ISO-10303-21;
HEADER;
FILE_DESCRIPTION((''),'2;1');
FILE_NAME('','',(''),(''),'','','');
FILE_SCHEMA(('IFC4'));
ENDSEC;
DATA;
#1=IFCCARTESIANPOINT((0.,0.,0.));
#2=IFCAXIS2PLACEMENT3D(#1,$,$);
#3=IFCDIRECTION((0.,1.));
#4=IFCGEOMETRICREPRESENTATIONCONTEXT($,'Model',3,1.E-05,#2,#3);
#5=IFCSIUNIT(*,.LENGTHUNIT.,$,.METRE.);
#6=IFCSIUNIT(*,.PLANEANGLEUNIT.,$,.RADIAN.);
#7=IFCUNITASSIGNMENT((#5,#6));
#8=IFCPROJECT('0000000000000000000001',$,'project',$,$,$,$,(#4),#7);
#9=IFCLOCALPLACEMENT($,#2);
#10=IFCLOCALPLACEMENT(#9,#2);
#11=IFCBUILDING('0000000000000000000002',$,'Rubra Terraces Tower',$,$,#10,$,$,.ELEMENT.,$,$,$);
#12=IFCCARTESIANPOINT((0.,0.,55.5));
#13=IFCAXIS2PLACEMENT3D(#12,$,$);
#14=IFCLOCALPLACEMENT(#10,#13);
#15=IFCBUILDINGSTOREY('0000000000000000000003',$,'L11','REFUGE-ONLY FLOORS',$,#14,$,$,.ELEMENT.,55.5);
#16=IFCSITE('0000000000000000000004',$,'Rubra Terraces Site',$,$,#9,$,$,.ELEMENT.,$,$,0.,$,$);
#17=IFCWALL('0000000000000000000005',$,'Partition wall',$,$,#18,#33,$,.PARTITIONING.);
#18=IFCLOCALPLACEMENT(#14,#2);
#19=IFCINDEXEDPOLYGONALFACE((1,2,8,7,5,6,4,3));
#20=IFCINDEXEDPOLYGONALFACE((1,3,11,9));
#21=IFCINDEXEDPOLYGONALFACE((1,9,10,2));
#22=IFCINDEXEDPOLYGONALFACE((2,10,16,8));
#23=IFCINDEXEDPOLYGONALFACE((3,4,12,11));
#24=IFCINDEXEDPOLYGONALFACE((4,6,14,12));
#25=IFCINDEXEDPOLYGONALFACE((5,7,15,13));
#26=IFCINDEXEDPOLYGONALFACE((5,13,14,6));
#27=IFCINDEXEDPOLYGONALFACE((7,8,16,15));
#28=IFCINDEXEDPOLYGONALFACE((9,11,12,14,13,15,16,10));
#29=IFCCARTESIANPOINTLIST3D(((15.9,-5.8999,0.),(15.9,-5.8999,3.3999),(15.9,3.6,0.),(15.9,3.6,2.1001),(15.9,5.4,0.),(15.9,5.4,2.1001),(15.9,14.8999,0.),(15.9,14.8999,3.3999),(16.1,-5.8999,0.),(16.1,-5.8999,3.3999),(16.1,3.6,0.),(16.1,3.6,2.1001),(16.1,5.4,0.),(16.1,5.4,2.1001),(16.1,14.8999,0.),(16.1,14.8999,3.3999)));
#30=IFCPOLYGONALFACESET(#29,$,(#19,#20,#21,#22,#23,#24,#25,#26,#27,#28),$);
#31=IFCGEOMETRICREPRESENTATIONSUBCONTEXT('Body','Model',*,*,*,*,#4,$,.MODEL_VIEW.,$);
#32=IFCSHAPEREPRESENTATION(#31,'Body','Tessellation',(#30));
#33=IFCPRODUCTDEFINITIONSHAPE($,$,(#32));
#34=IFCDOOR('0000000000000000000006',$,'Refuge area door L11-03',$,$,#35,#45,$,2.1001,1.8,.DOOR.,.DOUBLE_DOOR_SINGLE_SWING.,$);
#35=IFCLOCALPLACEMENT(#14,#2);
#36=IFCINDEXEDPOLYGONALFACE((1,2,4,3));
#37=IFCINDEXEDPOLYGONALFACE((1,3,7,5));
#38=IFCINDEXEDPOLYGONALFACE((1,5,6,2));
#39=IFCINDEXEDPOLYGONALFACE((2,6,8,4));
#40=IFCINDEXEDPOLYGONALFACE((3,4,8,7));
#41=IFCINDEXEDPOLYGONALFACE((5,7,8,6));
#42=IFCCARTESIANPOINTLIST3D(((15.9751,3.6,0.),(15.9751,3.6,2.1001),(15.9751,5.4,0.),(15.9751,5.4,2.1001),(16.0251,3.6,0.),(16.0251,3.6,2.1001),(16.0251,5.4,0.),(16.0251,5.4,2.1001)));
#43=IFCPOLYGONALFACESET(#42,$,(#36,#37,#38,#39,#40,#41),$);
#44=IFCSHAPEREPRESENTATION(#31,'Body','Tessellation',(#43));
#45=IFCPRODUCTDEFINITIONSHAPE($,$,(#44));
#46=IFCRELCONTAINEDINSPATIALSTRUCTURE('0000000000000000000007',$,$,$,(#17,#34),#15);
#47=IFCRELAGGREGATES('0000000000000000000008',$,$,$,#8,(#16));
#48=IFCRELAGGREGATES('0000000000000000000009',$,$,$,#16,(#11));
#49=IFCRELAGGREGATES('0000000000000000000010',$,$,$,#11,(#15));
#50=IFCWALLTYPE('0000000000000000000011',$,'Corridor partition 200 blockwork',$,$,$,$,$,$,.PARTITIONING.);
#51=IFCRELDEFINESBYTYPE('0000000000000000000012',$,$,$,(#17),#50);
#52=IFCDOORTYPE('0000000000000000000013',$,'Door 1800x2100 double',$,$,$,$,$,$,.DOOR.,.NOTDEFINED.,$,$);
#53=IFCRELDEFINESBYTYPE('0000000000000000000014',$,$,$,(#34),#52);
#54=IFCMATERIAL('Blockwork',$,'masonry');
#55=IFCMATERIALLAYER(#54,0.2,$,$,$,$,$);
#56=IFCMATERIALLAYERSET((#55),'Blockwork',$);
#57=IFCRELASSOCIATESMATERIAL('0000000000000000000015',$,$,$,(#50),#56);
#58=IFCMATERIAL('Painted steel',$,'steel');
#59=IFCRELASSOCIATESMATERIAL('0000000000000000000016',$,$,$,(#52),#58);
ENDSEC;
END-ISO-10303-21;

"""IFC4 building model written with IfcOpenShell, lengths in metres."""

from ifc_helpers import new_model, si_unit, direction, frame, frame_2d, origin, place, context, subcontext, project, spatial, rectangle, extrude, material, layer, layer_set, type_object, element, fill, save


model = new_model("IFC4")

# Units and contexts
model_context = context("Model", 3, precision=1e-05, world=origin(), true_north=direction((0.0, 1.0)))
body_context = subcontext(model_context, "Body", "Model", "MODEL_VIEW")
ifc_project = project(units=[si_unit("LENGTHUNIT", "METRE"), si_unit("PLANEANGLEUNIT", "RADIAN")], contexts=[model_context])

# Site, building, storey
site_placement = place(None, origin())
site = spatial("IfcSite", under=ifc_project, at=site_placement, Name="Rubra Terraces Site", CompositionType="ELEMENT", RefElevation=0.0)
building_placement = place(site_placement, origin())
building = spatial("IfcBuilding", under=site, at=building_placement, Name="Rubra Terraces Tower", CompositionType="ELEMENT")
storey_placement = place(building_placement, frame((0.0, 0.0, 55.5)))
storey = spatial("IfcBuildingStorey", under=building, at=storey_placement, Name="L11", Description="REFUGE-ONLY FLOORS", CompositionType="ELEMENT", Elevation=55.5)

# Shared definitions
ifc_material_1 = material(Name="Painted steel", Category="steel")

# Shared definitions
ifc_material_2 = material(Name="Blockwork", Category="masonry")
ifc_layer_1 = layer(ifc_material_2, 0.2)
ifc_layer_set_1 = layer_set([ifc_layer_1], Name="Blockwork")
wall_type_1 = type_object("IfcWallType", Name="Corridor partition 200 blockwork", PredefinedType="PARTITIONING", material=ifc_layer_set_1)

# Wall, opening, door
wall_1_placement = place(storey_placement, frame((16.0, -5.8999, 0.0), z_axis=(0.0, 0.0, 1.0), x_axis=(0.0, 1.0, 0.0)))
wall_1 = element("IfcWall", 1, at=wall_1_placement, inside=storey, type_object=wall_type_1, Name="Partition wall", PredefinedType="PARTITIONING", context=body_context, shape_type="SweptSolid", body=[
    extrude(rectangle(XDim=20.7998, YDim=0.2, at=frame_2d((10.3999, 0.0))), origin(), (0.0, 0.0, 1.0), 3.3999),
])
opening_1_placement = place(wall_1_placement, frame((9.5, 0.0, 0.0)))
opening_1 = element("IfcOpeningElement", 2, at=opening_1_placement, cuts=wall_1, PredefinedType="OPENING", context=body_context, shape_type="SweptSolid", body=[
    extrude(rectangle(XDim=1.8, YDim=2.1001, at=frame_2d((0.8999, 1.05))), frame((0.0, 0.1099, 0.0), z_axis=(0.0, -1.0, 0.0), x_axis=(1.0, 0.0, 0.0)), (0.0, 0.0, 1.0), 0.22),
])
door_type_1 = type_object("IfcDoorType", Name="Door 1800x2100 double", OperationType="NOTDEFINED", PredefinedType="DOOR", material=ifc_material_1)
door_1_placement = place(opening_1_placement, origin())
door_1 = element("IfcDoor", 3, at=door_1_placement, inside=storey, type_object=door_type_1, Name="Refuge area door L11-03", OperationType="DOUBLE_DOOR_SINGLE_SWING", OverallHeight=2.1001, OverallWidth=1.8, PredefinedType="DOOR", context=body_context, shape_type="SweptSolid", body=[
    extrude(rectangle(XDim=1.8, YDim=2.1001, at=frame_2d((0.8999, 1.05))), frame((0.0, 0.0249, 0.0), z_axis=(0.0, -1.0, 0.0), x_axis=(1.0, 0.0, 0.0)), (0.0, 0.0, 1.0), 0.05),
])
fill(opening_1, door_1)

save(model, "model.ifc")
